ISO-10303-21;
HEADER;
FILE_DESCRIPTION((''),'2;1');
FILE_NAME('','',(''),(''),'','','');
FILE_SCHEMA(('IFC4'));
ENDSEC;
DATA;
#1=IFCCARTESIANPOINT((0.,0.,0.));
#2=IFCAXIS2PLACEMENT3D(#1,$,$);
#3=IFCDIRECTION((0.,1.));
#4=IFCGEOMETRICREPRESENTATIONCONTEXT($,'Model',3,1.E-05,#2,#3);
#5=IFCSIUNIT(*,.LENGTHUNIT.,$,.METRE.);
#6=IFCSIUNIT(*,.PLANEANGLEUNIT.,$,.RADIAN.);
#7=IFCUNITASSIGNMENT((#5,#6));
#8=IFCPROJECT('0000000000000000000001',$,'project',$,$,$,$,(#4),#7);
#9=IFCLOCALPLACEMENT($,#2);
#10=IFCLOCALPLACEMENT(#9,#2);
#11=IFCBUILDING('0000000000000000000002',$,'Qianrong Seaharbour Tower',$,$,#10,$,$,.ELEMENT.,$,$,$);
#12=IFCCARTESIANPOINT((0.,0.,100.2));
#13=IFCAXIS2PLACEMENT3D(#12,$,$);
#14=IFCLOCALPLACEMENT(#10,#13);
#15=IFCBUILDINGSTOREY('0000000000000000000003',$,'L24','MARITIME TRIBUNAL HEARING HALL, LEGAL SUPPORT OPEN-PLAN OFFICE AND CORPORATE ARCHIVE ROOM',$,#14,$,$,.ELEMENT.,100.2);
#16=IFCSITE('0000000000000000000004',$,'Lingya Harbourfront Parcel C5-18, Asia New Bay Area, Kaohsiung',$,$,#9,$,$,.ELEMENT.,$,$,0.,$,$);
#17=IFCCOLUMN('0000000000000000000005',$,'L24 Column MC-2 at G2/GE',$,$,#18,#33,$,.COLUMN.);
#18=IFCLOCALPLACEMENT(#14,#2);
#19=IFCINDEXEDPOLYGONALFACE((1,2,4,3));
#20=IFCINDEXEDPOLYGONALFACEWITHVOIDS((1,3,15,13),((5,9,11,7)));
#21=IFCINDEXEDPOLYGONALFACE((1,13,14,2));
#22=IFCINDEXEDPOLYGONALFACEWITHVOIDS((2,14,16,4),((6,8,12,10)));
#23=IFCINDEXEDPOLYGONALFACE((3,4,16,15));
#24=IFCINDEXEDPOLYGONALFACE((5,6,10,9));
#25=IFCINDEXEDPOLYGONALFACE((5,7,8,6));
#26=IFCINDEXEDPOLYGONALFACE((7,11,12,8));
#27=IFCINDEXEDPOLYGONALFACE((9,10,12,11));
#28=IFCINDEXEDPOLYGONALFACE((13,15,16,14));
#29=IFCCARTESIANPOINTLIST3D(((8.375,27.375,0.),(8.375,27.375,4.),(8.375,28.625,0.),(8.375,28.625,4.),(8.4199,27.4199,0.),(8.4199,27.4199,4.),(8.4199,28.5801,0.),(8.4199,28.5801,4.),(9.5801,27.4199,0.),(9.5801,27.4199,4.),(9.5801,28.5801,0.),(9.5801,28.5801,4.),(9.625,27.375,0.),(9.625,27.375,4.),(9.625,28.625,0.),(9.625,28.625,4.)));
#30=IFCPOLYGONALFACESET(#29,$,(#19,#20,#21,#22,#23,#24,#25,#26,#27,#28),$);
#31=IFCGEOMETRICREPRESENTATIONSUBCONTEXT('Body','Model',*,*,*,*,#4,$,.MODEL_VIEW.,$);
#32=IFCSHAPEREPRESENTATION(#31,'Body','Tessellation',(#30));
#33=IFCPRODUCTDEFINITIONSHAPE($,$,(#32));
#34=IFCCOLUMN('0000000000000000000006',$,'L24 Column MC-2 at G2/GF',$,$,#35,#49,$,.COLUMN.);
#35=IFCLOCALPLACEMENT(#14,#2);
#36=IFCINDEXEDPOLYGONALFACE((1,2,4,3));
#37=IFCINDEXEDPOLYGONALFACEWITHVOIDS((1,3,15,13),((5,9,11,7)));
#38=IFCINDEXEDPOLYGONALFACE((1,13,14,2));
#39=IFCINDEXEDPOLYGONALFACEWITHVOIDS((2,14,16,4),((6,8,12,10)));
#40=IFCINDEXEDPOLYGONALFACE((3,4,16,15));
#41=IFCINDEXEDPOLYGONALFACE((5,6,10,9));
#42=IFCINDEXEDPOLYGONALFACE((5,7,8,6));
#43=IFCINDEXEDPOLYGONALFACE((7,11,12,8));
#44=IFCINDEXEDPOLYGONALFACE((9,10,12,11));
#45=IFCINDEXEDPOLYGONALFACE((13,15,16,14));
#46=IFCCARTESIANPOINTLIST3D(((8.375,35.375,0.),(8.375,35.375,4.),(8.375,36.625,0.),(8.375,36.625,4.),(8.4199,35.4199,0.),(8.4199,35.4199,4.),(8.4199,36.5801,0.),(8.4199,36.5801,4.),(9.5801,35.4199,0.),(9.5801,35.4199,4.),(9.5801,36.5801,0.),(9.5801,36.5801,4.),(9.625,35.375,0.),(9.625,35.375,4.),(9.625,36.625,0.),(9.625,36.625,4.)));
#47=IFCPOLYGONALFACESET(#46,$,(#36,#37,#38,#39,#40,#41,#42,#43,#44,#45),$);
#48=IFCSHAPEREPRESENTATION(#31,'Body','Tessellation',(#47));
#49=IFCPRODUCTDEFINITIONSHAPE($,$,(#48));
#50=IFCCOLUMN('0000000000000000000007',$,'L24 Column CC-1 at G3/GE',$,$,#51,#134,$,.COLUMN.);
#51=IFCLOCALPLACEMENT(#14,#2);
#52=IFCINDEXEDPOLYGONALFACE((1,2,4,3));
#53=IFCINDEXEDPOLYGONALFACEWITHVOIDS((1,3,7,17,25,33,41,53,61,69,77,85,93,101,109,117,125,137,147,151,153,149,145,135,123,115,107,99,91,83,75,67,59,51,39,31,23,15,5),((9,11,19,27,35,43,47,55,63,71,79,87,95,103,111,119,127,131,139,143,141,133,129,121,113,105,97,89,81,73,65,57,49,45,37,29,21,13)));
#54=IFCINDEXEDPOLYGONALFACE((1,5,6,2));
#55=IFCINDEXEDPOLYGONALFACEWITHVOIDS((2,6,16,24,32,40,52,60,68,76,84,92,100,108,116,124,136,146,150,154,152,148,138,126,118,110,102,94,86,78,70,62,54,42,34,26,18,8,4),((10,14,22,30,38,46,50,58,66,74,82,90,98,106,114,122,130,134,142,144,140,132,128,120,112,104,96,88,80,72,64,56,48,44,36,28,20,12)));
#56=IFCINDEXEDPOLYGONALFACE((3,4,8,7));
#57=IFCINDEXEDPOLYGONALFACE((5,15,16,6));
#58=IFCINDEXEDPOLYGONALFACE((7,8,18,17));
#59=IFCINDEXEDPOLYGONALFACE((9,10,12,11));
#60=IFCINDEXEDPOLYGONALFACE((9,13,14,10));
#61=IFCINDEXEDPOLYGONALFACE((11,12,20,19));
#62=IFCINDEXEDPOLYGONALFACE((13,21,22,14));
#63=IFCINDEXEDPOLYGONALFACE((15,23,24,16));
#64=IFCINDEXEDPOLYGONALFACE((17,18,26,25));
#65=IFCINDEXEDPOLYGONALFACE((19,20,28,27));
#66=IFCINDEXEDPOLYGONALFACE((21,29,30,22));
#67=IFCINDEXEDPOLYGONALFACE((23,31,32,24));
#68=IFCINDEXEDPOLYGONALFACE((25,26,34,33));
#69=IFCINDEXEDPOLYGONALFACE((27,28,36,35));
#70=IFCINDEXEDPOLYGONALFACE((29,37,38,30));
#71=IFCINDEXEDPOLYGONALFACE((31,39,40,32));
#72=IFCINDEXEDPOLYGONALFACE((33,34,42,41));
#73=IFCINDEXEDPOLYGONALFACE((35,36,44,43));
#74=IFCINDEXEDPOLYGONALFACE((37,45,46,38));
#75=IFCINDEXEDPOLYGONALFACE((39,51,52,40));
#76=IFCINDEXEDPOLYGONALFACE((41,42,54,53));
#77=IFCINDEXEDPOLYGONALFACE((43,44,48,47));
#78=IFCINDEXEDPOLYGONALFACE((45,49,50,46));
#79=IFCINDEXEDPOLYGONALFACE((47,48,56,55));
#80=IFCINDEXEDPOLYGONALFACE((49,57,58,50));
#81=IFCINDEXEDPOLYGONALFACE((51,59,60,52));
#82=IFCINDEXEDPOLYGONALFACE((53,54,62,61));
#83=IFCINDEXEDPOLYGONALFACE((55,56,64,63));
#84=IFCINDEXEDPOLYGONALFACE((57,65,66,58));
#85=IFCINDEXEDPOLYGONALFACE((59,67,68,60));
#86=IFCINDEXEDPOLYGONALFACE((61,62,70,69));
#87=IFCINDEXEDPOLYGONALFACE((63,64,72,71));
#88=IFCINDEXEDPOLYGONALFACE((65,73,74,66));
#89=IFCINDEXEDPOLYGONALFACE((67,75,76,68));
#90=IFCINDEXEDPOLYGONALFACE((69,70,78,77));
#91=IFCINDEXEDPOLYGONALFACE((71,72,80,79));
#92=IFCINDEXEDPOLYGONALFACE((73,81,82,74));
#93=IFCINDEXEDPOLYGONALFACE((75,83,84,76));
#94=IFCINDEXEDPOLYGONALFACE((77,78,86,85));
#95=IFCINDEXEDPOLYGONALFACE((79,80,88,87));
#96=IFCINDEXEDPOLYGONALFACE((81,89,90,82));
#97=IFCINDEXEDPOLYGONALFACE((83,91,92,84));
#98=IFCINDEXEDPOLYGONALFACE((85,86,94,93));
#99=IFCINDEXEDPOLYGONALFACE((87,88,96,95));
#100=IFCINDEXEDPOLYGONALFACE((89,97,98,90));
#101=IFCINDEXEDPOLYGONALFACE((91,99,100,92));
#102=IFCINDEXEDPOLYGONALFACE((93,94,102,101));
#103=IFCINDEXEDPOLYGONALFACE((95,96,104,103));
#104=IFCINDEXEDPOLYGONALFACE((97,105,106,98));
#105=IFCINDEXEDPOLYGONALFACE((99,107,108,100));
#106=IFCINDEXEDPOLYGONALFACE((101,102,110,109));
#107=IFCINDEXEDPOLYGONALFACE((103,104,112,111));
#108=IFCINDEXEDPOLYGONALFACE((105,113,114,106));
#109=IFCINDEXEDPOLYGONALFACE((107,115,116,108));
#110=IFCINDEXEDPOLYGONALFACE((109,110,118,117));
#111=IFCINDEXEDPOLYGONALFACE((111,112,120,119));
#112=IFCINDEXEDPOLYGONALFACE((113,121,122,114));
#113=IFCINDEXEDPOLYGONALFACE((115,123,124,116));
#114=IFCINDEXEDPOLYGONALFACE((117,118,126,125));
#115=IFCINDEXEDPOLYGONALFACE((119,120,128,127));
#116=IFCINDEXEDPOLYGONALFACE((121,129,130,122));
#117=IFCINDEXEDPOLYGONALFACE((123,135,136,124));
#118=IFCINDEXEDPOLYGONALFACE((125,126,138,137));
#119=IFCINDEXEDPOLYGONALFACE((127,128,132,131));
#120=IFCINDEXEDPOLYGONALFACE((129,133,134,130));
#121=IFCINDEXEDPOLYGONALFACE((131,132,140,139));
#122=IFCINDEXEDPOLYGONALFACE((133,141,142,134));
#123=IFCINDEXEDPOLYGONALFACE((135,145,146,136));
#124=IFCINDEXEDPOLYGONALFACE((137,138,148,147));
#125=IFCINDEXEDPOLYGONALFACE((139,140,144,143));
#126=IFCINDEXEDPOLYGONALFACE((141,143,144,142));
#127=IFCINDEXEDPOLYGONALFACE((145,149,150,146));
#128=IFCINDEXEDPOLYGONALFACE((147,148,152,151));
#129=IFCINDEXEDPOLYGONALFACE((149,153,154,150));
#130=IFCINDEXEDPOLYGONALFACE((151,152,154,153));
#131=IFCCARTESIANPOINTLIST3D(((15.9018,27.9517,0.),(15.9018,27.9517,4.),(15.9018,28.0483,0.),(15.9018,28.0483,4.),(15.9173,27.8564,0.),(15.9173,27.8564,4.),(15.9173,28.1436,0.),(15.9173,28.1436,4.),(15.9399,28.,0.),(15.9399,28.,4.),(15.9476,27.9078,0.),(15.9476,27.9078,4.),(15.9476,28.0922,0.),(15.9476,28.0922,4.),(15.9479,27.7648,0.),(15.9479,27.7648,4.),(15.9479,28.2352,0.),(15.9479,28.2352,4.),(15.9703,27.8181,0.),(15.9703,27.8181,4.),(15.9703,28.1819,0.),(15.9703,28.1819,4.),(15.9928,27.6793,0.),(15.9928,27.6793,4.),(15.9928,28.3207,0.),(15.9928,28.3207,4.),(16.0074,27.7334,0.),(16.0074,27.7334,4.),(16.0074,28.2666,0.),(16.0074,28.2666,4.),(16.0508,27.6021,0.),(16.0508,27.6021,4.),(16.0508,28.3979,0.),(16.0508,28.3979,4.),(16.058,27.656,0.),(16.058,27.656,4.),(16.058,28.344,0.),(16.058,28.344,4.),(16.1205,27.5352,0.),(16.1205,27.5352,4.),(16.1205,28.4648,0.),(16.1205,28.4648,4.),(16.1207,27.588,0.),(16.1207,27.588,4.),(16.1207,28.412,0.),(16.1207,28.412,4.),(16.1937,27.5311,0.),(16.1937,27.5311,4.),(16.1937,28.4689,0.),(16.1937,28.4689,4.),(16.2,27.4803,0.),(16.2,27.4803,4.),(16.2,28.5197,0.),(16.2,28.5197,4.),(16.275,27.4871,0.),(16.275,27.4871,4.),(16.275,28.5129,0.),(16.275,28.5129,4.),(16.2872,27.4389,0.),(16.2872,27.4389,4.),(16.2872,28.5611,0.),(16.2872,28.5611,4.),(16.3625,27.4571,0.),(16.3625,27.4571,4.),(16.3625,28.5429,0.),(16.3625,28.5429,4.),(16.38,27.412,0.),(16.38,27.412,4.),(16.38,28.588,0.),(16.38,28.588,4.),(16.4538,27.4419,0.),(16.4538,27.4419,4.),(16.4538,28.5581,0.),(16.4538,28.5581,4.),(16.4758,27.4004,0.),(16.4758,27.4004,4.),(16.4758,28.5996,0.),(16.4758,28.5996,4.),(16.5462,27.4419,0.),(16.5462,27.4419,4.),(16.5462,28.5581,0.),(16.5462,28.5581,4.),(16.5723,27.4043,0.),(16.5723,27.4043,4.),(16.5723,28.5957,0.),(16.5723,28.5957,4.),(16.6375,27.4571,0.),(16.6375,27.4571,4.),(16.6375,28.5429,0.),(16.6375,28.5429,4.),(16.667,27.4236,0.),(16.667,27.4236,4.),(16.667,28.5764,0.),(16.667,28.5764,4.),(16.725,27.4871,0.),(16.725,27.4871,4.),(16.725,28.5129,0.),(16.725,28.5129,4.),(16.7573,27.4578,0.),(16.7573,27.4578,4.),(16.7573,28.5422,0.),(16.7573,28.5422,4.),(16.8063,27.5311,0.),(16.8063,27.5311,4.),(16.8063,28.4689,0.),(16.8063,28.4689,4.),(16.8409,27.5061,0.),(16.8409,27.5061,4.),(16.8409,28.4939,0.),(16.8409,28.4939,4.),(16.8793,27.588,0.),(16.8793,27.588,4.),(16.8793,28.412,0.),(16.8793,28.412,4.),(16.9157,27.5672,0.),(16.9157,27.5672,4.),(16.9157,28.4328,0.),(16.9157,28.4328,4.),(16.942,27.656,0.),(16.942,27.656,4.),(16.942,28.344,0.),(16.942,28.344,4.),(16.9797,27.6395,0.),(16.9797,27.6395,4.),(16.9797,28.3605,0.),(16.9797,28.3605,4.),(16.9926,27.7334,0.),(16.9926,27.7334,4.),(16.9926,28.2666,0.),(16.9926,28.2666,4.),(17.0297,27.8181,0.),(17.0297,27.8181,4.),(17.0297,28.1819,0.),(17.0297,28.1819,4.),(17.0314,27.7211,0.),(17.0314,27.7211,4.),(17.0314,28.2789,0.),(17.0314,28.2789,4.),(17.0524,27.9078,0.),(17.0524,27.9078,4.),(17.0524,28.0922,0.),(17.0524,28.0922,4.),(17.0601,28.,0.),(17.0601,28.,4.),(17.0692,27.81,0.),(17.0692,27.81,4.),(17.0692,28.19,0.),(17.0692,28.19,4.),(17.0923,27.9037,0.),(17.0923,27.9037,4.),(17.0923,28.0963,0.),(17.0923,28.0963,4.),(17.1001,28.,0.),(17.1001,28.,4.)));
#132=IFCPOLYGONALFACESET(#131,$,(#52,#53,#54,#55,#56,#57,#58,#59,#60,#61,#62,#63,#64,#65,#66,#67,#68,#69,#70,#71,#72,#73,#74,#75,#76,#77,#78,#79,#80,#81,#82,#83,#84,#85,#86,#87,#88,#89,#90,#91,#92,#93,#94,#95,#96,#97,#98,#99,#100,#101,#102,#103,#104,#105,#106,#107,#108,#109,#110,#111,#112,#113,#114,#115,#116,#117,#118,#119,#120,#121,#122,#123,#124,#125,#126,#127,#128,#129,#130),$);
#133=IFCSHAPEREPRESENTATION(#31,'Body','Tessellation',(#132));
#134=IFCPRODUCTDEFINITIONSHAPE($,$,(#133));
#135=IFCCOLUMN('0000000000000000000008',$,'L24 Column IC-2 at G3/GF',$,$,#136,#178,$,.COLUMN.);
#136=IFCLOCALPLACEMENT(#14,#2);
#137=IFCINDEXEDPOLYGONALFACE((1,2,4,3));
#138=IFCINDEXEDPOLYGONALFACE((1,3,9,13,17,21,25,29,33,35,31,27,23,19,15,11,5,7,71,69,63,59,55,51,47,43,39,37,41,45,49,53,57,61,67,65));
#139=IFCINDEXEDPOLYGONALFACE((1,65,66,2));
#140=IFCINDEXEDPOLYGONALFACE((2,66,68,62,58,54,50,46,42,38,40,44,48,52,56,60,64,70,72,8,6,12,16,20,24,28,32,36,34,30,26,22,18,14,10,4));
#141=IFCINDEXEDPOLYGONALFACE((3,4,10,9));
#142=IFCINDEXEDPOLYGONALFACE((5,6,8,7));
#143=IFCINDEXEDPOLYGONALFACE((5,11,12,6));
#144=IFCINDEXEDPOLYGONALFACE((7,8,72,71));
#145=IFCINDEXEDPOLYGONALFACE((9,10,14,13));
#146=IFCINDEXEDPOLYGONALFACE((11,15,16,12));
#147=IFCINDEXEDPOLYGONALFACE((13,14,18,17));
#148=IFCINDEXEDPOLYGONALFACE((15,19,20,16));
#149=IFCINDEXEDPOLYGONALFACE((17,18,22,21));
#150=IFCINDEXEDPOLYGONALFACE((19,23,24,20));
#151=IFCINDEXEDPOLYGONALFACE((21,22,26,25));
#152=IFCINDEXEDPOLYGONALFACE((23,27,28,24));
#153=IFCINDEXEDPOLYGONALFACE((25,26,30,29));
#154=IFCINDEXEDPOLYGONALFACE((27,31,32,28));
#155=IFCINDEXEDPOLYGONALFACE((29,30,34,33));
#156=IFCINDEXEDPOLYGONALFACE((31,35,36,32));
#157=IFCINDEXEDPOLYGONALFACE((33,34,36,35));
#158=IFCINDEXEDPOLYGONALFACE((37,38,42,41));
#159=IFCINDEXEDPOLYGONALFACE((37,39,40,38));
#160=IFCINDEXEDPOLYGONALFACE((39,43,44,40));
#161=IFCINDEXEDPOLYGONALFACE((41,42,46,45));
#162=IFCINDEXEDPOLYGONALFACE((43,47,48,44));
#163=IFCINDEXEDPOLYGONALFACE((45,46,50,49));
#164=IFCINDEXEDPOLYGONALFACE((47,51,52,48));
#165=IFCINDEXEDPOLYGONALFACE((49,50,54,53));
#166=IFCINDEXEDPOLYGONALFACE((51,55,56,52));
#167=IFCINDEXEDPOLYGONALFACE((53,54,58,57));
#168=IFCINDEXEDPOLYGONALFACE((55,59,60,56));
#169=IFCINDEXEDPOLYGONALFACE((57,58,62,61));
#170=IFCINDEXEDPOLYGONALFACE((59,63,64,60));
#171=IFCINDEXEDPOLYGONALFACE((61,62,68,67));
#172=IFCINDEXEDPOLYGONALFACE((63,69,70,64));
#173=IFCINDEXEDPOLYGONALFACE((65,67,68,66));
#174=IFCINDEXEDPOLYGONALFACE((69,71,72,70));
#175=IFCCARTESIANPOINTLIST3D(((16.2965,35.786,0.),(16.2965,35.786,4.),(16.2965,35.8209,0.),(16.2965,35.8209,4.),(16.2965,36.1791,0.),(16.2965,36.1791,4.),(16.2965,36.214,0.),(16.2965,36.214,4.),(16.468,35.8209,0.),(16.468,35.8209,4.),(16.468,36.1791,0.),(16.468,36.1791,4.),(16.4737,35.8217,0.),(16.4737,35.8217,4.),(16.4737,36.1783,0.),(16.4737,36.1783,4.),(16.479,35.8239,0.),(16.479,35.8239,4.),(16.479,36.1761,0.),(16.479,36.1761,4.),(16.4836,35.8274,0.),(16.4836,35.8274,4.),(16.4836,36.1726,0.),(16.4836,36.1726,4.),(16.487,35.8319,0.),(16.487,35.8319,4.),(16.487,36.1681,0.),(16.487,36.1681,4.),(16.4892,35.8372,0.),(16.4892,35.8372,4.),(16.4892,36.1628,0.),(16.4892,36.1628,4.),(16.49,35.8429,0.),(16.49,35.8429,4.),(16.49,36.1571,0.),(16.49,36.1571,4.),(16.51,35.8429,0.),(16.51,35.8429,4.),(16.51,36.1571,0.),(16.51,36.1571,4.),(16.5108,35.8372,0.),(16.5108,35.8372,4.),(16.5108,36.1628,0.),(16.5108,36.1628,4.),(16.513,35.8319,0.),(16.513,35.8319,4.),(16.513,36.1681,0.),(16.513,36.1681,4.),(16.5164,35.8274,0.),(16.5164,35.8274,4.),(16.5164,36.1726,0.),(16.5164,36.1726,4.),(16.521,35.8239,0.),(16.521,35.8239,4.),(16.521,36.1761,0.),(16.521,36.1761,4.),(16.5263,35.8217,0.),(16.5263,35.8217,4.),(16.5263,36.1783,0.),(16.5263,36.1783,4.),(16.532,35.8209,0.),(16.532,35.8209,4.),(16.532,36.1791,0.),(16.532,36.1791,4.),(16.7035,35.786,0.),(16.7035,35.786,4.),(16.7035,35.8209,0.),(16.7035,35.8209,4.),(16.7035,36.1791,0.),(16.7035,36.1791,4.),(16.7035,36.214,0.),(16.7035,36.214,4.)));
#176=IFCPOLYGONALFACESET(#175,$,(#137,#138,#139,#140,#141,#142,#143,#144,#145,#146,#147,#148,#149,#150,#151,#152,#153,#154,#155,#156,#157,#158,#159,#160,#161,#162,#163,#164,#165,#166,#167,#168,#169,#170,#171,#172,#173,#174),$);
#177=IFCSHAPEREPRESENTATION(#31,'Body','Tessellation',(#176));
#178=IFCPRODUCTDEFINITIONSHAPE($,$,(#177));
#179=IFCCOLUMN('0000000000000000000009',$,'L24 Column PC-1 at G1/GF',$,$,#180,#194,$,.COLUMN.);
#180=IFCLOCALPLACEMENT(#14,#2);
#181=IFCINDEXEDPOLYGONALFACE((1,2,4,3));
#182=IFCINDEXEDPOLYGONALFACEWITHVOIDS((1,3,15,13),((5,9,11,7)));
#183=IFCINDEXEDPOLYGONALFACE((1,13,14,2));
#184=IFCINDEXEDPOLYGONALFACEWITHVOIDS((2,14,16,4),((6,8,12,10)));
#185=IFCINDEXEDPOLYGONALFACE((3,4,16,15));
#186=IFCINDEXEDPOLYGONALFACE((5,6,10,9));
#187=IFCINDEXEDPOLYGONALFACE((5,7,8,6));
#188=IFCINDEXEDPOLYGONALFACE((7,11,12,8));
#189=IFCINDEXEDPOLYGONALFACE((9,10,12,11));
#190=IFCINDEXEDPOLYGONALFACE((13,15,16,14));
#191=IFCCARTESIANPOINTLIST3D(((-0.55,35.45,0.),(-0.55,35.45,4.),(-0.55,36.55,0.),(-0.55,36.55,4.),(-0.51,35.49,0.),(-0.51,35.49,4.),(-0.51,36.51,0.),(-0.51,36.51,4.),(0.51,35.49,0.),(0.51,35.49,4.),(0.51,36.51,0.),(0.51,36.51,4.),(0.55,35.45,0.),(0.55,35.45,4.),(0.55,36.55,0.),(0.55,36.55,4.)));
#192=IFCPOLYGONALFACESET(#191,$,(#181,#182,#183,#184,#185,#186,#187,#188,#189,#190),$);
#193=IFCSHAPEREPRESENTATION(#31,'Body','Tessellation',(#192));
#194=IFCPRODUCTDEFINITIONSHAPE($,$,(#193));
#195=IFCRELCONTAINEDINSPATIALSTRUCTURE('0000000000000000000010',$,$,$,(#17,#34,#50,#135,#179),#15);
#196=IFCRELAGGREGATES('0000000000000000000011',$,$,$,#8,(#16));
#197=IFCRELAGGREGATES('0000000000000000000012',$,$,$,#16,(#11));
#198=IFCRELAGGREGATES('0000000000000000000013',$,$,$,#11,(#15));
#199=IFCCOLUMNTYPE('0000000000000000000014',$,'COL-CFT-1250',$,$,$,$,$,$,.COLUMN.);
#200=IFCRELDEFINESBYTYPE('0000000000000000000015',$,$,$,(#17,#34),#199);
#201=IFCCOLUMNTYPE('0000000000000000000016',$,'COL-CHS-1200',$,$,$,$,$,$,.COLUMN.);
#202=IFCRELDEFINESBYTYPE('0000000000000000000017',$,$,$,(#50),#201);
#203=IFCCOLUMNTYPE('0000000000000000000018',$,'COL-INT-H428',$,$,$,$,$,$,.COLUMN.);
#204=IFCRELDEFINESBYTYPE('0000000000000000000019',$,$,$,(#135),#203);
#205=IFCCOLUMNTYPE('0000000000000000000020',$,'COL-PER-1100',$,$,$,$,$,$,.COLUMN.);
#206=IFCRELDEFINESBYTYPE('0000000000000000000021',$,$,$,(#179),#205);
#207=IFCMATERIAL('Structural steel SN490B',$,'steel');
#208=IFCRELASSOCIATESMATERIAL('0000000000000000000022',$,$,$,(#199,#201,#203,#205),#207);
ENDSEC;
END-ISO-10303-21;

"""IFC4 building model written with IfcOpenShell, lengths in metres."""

from ifc_helpers import new_model, si_unit, direction, frame, origin, origin_2d, place, context, subcontext, project, spatial, hollow_rectangle, hollow_circle, i_section, extrude, material, material_profile, profile_set, type_object, element, save


model = new_model("IFC4")

# Units and contexts
model_context = context("Model", 3, precision=1e-05, world=origin(), true_north=direction((0.0, 1.0)))
body_context = subcontext(model_context, "Body", "Model", "MODEL_VIEW")
ifc_project = project(units=[si_unit("LENGTHUNIT", "METRE"), si_unit("PLANEANGLEUNIT", "RADIAN")], contexts=[model_context])

# Site, building, storey
site_placement = place(None, origin())
site = spatial("IfcSite", under=ifc_project, at=site_placement, Name="Lingya Harbourfront Parcel C5-18, Asia New Bay Area, Kaohsiung", CompositionType="ELEMENT", RefElevation=0.0)
building_placement = place(site_placement, origin())
building = spatial("IfcBuilding", under=site, at=building_placement, Name="Qianrong Seaharbour Tower", CompositionType="ELEMENT")
storey_placement = place(building_placement, frame((0.0, 0.0, 100.2)))
storey = spatial("IfcBuildingStorey", under=building, at=storey_placement, Name="L24", Description="MARITIME TRIBUNAL HEARING HALL, LEGAL SUPPORT OPEN-PLAN OFFICE AND CORPORATE ARCHIVE ROOM", CompositionType="ELEMENT", Elevation=100.2)

# Columns
ifc_material_1 = material(Name="Structural steel SN490B", Category="steel")
ifc_material_profile_1 = material_profile(ifc_material_1, hollow_rectangle(XDim=1.25, YDim=1.25, WallThickness=0.0449, at=origin_2d()), Name="BOX1250x1250x45")
ifc_profile_set_1 = profile_set([ifc_material_profile_1], Name="Structural steel SN490B")
column_type_1 = type_object("IfcColumnType", Name="COL-CFT-1250", PredefinedType="COLUMN", material=ifc_profile_set_1)
for number, where, z_axis, x_axis, name in (
    (1, (9.0, 28.0, 0.0), (0.0, 0.0, 1.0), (1.0, 0.0, 0.0), "L24 Column MC-2 at G2/GE"),
    (2, (9.0, 36.0, 0.0), (0.0, 0.0, 1.0), (1.0, 0.0, 0.0), "L24 Column MC-2 at G2/GF"),
):
    element("IfcColumn", number, at=place(storey_placement, frame(where, z_axis=z_axis, x_axis=x_axis)), inside=storey, type_object=column_type_1, Name=name, PredefinedType="COLUMN", context=body_context, shape_type="SweptSolid", body=[
        extrude(hollow_rectangle(XDim=1.25, YDim=1.25, WallThickness=0.0449, at=origin_2d()), origin(), (0.0, 0.0, 1.0), 4.0),
    ])
ifc_material_profile_2 = material_profile(ifc_material_1, hollow_circle(Radius=0.6001, WallThickness=0.04, at=origin_2d()), Name="CHS1200x40")
ifc_profile_set_2 = profile_set([ifc_material_profile_2], Name="Structural steel SN490B")
column_type_2 = type_object("IfcColumnType", Name="COL-CHS-1200", PredefinedType="COLUMN", material=ifc_profile_set_2)
column_1_placement = place(storey_placement, frame((16.5, 28.0, 0.0), z_axis=(0.0, 0.0, 1.0), x_axis=(1.0, 0.0, 0.0)))
element("IfcColumn", 3, at=column_1_placement, inside=storey, type_object=column_type_2, Name="L24 Column CC-1 at G3/GE", PredefinedType="COLUMN", context=body_context, shape_type="SweptSolid", body=[
    extrude(hollow_circle(Radius=0.6001, WallThickness=0.04, at=origin_2d()), origin(), (0.0, 0.0, 1.0), 4.0),
])
ifc_material_profile_3 = material_profile(ifc_material_1, i_section(OverallWidth=0.407, OverallDepth=0.428, WebThickness=0.02, FlangeThickness=0.0349, FilletRadius=0.022, at=origin_2d()), Name="H428x407x20x35")
ifc_profile_set_3 = profile_set([ifc_material_profile_3], Name="Structural steel SN490B")
column_type_3 = type_object("IfcColumnType", Name="COL-INT-H428", PredefinedType="COLUMN", material=ifc_profile_set_3)
column_2_placement = place(storey_placement, frame((16.5, 36.0, 0.0), z_axis=(0.0, 0.0, 1.0), x_axis=(1.0, 0.0, 0.0)))
element("IfcColumn", 4, at=column_2_placement, inside=storey, type_object=column_type_3, Name="L24 Column IC-2 at G3/GF", PredefinedType="COLUMN", context=body_context, shape_type="SweptSolid", body=[
    extrude(i_section(OverallWidth=0.407, OverallDepth=0.428, WebThickness=0.02, FlangeThickness=0.0349, FilletRadius=0.022, at=origin_2d()), origin(), (0.0, 0.0, 1.0), 4.0),
])
ifc_material_profile_4 = material_profile(ifc_material_1, hollow_rectangle(XDim=1.1001, YDim=1.1001, WallThickness=0.04, at=origin_2d()), Name="BOX1100x1100x40")
ifc_profile_set_4 = profile_set([ifc_material_profile_4], Name="Structural steel SN490B")
column_type_4 = type_object("IfcColumnType", Name="COL-PER-1100", PredefinedType="COLUMN", material=ifc_profile_set_4)
column_3_placement = place(storey_placement, frame((0.0, 36.0, 0.0), z_axis=(0.0, 0.0, 1.0), x_axis=(1.0, 0.0, 0.0)))
element("IfcColumn", 5, at=column_3_placement, inside=storey, type_object=column_type_4, Name="L24 Column PC-1 at G1/GF", PredefinedType="COLUMN", context=body_context, shape_type="SweptSolid", body=[
    extrude(hollow_rectangle(XDim=1.1001, YDim=1.1001, WallThickness=0.04, at=origin_2d()), origin(), (0.0, 0.0, 1.0), 4.0),
])

save(model, "model.ifc")
